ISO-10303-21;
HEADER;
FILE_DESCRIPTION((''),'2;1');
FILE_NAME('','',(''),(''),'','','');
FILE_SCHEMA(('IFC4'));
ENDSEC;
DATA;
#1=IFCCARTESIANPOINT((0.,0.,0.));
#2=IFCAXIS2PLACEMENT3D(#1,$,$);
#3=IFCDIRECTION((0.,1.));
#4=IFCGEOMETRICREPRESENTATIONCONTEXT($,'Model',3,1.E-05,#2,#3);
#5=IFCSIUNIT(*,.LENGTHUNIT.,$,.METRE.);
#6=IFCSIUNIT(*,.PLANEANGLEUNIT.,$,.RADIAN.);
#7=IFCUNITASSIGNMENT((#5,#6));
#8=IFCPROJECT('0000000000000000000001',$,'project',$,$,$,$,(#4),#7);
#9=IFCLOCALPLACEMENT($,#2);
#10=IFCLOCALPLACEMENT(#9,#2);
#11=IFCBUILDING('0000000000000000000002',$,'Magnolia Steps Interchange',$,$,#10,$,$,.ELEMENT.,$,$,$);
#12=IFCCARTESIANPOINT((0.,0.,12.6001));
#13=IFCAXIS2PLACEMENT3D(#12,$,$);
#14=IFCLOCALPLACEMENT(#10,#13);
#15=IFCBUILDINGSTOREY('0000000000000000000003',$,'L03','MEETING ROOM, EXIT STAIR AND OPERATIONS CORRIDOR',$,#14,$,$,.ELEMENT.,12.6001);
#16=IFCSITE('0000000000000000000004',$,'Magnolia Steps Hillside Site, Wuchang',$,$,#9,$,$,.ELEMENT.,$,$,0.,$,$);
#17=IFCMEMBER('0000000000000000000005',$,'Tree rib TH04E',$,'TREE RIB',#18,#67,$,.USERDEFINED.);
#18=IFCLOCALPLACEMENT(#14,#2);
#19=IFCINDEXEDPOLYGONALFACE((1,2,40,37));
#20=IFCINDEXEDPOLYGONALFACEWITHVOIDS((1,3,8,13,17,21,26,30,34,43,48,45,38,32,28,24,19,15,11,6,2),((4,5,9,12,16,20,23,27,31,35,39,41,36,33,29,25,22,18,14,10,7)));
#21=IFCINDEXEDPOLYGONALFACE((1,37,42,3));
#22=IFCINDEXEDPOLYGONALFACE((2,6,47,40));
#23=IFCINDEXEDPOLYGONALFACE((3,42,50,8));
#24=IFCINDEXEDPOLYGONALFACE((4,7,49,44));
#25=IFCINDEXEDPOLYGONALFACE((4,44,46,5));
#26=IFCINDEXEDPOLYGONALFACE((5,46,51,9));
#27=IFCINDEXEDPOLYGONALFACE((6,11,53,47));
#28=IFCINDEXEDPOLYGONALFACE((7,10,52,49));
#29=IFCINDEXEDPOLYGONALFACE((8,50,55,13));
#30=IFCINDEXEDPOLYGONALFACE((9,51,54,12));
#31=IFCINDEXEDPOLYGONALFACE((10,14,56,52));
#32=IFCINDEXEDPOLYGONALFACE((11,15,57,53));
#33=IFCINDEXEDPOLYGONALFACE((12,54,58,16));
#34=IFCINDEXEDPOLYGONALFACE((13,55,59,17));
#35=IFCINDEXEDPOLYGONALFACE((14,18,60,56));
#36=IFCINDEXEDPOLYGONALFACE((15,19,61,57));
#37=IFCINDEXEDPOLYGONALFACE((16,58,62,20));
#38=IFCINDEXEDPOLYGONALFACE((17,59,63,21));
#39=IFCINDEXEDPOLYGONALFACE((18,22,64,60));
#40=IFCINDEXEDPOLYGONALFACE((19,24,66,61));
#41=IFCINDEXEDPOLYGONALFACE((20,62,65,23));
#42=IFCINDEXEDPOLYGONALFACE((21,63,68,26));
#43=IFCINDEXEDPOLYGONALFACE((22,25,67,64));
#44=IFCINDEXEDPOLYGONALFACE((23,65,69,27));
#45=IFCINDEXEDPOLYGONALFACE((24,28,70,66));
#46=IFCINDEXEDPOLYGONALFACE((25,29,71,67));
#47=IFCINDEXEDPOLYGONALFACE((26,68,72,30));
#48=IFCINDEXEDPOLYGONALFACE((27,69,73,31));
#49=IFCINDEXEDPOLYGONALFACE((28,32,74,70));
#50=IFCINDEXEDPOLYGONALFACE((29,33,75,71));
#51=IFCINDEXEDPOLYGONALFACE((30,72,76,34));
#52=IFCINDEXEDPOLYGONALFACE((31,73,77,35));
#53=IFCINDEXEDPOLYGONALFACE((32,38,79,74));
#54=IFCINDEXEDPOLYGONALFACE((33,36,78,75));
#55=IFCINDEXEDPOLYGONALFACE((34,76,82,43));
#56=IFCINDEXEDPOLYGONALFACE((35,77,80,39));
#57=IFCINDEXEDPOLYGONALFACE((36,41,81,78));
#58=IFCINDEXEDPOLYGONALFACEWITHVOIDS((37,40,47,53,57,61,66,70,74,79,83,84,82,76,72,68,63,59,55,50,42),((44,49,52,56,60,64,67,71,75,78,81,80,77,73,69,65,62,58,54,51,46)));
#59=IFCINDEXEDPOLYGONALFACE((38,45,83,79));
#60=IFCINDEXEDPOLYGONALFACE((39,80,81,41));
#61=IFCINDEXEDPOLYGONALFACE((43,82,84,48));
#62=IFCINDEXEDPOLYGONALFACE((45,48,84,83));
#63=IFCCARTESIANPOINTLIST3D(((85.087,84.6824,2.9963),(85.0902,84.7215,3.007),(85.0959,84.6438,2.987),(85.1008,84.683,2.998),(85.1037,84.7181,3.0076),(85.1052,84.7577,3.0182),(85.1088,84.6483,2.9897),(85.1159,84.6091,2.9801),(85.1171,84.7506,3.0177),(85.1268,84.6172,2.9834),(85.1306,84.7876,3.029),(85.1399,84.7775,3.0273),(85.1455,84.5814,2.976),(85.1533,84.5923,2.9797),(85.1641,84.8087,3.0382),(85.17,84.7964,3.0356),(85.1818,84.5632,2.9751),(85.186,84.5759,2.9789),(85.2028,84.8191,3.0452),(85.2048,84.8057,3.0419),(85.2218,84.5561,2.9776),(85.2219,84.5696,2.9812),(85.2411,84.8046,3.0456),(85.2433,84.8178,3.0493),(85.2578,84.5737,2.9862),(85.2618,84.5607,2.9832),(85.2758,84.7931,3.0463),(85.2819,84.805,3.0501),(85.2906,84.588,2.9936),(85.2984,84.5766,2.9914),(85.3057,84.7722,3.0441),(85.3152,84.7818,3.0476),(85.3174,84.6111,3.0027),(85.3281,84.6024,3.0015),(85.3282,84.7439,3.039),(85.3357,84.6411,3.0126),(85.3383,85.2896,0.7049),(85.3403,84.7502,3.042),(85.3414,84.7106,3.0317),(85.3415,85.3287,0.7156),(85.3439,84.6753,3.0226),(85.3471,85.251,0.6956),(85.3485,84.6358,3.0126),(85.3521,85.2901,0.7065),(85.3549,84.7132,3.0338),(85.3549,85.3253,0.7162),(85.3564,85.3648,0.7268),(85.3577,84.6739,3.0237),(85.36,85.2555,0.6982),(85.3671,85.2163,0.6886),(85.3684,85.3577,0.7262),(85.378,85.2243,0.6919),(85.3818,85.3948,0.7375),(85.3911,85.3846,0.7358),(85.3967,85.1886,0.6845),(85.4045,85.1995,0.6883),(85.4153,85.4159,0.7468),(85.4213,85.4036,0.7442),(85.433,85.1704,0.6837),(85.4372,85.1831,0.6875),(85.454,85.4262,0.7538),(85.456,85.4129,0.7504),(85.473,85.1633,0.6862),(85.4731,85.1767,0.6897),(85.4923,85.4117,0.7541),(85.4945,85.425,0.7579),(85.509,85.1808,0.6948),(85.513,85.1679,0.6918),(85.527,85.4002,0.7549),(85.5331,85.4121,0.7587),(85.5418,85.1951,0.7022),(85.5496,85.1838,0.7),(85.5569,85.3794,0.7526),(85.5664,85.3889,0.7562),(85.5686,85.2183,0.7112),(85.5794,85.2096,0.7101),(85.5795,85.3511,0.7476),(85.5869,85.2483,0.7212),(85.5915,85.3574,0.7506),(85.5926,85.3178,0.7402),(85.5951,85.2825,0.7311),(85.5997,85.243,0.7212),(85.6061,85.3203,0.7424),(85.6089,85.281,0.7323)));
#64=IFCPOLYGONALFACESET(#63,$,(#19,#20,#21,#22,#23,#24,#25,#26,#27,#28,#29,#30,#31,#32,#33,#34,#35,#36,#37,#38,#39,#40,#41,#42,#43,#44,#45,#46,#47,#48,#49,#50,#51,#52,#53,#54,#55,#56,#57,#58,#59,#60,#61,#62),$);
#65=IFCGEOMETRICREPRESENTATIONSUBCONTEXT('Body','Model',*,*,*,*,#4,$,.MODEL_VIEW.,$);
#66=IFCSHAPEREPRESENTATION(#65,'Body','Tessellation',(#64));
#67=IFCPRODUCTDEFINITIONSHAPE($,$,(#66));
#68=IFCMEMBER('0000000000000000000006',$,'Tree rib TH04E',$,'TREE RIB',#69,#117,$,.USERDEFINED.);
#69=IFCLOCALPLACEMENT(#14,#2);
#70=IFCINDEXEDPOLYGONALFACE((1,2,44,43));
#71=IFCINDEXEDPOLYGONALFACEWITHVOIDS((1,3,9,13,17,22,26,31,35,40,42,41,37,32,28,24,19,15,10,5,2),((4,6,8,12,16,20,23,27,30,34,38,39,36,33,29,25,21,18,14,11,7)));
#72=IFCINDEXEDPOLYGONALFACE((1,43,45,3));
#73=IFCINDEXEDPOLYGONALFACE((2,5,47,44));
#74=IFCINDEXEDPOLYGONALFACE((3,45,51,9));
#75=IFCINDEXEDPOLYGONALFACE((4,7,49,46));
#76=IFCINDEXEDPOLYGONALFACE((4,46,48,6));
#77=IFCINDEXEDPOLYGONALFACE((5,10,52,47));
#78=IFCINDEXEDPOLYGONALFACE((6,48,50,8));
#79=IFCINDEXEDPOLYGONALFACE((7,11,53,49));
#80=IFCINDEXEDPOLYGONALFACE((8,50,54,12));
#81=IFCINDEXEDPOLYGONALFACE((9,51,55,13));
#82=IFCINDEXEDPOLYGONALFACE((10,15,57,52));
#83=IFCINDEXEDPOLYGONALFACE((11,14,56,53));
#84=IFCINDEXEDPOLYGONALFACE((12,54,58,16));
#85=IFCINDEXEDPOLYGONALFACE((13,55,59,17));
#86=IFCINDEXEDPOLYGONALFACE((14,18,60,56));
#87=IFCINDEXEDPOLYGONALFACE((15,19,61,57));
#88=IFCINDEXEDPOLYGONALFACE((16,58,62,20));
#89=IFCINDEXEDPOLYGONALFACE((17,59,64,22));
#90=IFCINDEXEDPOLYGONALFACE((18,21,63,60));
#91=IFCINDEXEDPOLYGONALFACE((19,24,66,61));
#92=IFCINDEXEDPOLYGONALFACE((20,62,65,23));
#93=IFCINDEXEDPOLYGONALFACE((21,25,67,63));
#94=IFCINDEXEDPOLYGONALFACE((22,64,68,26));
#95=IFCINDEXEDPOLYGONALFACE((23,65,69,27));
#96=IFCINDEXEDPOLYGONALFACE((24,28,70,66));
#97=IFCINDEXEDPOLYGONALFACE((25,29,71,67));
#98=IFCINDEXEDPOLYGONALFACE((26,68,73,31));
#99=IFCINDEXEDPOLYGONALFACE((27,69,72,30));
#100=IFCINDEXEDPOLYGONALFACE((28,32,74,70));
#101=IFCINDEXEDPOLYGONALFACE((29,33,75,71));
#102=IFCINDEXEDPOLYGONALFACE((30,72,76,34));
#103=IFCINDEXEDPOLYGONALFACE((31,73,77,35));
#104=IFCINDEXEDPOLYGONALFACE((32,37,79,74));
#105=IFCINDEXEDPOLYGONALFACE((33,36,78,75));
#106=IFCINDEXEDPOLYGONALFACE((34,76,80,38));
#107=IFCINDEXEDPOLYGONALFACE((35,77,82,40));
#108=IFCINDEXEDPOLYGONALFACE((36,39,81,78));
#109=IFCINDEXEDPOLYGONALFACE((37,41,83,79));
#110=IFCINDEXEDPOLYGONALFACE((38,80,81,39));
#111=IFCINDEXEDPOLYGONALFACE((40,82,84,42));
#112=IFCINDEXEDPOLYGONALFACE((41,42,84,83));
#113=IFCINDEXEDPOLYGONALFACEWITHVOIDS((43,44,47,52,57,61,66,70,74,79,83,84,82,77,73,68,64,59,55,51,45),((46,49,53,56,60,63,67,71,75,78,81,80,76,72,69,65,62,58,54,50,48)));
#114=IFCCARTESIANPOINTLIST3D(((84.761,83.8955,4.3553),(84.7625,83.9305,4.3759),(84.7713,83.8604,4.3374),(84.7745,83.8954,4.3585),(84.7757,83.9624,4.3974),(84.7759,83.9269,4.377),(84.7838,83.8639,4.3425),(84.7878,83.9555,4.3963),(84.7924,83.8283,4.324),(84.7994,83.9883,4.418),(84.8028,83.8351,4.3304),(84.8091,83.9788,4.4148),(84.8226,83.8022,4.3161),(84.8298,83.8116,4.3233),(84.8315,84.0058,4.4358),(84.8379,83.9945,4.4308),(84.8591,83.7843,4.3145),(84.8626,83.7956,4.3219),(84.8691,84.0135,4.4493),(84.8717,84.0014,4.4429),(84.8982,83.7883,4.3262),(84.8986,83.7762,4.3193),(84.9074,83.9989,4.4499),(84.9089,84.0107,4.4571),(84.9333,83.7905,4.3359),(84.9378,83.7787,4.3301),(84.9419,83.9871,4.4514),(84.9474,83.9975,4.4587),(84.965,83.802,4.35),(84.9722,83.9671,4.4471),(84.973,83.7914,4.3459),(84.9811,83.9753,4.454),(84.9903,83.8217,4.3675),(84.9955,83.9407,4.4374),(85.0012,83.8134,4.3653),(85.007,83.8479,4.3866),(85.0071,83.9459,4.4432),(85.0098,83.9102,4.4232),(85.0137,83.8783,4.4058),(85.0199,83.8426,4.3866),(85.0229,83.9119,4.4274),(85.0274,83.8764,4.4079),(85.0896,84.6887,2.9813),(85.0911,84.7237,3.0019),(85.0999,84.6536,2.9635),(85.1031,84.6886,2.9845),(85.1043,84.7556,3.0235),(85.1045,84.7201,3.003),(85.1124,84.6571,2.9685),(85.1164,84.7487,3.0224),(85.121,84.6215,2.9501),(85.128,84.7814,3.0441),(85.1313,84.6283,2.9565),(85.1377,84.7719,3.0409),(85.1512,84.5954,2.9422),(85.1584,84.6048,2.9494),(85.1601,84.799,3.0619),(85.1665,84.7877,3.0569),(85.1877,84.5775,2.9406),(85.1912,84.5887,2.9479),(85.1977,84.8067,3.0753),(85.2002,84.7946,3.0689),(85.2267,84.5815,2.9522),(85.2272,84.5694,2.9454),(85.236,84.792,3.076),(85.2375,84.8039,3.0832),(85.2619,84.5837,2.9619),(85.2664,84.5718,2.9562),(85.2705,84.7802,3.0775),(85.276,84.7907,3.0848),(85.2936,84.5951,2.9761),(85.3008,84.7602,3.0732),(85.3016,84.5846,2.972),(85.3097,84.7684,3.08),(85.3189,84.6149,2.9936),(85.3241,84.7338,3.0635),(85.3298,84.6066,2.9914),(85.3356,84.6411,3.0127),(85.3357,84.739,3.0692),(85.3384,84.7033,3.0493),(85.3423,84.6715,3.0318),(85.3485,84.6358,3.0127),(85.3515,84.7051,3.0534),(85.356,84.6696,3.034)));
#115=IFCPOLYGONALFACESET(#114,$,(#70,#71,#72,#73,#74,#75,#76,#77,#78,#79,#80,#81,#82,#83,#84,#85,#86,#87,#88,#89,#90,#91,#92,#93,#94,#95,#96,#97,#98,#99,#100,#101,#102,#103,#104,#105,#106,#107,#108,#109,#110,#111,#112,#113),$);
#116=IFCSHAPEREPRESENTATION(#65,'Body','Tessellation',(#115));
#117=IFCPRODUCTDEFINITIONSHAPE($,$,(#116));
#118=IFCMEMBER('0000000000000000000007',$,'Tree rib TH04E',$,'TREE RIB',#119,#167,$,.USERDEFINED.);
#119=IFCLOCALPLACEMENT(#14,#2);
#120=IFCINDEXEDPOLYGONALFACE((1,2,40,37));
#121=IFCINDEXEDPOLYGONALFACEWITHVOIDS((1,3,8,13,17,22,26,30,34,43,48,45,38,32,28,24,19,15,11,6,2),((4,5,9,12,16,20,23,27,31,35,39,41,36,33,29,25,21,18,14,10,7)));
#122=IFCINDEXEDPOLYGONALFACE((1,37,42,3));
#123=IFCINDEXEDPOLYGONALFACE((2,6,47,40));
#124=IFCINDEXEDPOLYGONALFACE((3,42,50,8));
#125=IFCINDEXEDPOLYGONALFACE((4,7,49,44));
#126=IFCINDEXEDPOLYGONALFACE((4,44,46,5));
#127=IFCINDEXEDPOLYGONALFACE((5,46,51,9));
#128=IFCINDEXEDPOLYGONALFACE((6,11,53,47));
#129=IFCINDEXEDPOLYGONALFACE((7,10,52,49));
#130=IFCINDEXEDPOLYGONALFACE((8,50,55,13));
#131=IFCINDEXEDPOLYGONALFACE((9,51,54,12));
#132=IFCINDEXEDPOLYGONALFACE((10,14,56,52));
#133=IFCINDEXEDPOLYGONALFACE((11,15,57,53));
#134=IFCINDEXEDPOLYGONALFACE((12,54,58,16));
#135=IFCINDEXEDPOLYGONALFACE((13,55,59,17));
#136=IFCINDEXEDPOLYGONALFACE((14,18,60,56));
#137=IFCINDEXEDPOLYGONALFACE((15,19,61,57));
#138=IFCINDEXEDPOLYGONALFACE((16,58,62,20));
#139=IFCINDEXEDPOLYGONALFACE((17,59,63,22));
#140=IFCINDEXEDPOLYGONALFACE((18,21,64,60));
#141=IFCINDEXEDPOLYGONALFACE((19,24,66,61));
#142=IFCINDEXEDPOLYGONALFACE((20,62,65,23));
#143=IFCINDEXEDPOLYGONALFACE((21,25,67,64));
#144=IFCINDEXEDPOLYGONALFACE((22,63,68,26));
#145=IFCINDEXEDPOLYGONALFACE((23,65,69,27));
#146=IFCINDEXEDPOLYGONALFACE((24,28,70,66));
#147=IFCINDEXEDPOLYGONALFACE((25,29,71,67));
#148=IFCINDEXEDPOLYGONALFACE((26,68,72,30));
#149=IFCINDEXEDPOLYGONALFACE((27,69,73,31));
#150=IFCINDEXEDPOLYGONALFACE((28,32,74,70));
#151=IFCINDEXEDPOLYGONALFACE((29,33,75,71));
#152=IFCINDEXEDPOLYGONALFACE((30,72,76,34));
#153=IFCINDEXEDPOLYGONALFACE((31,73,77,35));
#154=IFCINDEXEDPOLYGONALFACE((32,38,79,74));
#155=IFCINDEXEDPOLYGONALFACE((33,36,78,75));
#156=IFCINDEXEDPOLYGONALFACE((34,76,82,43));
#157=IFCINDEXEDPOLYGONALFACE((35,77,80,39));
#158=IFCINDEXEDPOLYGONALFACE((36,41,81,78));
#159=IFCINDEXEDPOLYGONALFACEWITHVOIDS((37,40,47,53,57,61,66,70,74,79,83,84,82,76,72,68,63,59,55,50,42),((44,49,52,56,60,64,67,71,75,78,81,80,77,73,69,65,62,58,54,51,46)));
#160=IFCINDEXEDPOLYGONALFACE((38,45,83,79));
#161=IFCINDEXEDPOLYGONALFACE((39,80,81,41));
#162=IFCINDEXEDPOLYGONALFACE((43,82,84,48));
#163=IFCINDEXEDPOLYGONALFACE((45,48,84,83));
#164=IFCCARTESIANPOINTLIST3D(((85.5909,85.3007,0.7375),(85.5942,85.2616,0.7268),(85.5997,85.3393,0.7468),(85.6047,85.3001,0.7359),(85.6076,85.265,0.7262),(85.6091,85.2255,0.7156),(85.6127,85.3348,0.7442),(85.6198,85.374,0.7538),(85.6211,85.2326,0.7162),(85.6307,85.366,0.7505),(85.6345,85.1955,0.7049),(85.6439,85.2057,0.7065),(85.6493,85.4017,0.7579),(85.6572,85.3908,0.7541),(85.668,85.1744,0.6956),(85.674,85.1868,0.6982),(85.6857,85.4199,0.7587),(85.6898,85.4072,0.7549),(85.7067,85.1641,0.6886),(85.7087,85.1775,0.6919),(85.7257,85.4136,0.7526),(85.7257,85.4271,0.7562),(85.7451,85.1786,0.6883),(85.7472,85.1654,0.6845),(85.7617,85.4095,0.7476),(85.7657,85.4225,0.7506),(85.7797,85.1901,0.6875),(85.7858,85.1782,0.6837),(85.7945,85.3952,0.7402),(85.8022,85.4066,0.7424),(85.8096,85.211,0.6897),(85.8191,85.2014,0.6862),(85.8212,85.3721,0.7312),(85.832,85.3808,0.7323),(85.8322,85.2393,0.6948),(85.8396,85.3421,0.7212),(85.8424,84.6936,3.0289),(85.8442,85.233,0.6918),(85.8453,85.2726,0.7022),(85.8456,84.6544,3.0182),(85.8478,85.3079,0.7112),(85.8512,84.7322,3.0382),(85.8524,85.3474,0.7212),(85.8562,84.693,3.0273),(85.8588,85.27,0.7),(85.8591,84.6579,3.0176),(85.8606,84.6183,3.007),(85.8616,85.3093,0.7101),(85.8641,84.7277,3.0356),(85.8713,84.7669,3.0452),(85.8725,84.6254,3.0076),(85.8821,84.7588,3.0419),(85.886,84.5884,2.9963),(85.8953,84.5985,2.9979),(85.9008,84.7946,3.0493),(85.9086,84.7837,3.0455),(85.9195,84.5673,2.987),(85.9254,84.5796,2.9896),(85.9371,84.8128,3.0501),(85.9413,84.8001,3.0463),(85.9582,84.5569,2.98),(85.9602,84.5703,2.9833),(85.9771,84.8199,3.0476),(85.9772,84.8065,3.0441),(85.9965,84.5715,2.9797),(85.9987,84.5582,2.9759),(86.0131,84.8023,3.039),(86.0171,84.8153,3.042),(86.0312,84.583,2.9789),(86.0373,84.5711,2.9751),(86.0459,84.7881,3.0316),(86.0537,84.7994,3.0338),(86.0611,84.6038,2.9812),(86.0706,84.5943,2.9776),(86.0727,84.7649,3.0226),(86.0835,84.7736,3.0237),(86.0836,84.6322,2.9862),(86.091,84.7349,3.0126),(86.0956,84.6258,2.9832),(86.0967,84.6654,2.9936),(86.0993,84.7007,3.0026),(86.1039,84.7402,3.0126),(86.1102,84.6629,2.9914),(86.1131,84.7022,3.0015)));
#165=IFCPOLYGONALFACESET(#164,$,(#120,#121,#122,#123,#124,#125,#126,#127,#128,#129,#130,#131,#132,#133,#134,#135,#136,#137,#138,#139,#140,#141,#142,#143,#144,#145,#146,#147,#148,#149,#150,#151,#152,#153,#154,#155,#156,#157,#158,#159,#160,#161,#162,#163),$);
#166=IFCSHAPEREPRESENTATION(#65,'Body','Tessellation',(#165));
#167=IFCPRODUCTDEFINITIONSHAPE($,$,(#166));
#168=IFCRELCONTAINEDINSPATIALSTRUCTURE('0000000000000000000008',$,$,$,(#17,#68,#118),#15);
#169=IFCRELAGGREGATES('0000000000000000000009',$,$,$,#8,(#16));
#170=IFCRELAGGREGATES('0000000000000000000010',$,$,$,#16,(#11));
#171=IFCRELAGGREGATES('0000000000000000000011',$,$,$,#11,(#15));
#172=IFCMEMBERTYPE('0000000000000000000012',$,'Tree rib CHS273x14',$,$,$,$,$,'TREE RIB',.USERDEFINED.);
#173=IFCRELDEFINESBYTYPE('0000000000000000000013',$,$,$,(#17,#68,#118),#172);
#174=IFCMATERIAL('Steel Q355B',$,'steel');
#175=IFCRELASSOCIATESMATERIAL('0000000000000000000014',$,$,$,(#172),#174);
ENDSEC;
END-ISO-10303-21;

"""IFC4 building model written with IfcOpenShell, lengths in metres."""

from ifc_helpers import new_model, si_unit, direction, frame, origin, origin_2d, place, context, subcontext, project, spatial, hollow_circle, extrude, material, material_profile, profile_set, type_object, element, save


model = new_model("IFC4")

# Units and contexts
model_context = context("Model", 3, precision=1e-05, world=origin(), true_north=direction((0.0, 1.0)))
body_context = subcontext(model_context, "Body", "Model", "MODEL_VIEW")
ifc_project = project(units=[si_unit("LENGTHUNIT", "METRE"), si_unit("PLANEANGLEUNIT", "RADIAN")], contexts=[model_context])

# Site, building, storey
site_placement = place(None, origin())
site = spatial("IfcSite", under=ifc_project, at=site_placement, Name="Magnolia Steps Hillside Site, Wuchang", CompositionType="ELEMENT", RefElevation=0.0)
building_placement = place(site_placement, origin())
building = spatial("IfcBuilding", under=site, at=building_placement, Name="Magnolia Steps Interchange", CompositionType="ELEMENT")
storey_placement = place(building_placement, frame((0.0, 0.0, 12.6001)))
storey = spatial("IfcBuildingStorey", under=building, at=storey_placement, Name="L03", Description="MEETING ROOM, EXIT STAIR AND OPERATIONS CORRIDOR", CompositionType="ELEMENT", Elevation=12.6001)

# Members
ifc_material_1 = material(Name="Steel Q355B", Category="steel")
ifc_material_profile_1 = material_profile(ifc_material_1, hollow_circle(Radius=0.1365, WallThickness=0.0139, at=origin_2d()), Name="CHS273x14")
ifc_profile_set_1 = profile_set([ifc_material_profile_1], Name="Steel Q355B")
member_type_1 = type_object("IfcMemberType", Name="Tree rib CHS273x14", ElementType="TREE RIB", PredefinedType="USERDEFINED", material=ifc_profile_set_1)
member_1_placement = place(storey_placement, frame((85.4736, 85.2952, 0.7212), z_axis=(-0.105384, -0.254704, 0.96126), x_axis=(0.92403, -0.382319, 0.0)))
element("IfcMember", 1, at=member_1_placement, inside=storey, type_object=member_type_1, Name="Tree rib TH04E", ObjectType="TREE RIB", PredefinedType="USERDEFINED", context=body_context, shape_type="SweptSolid", body=[
    extrude(hollow_circle(Radius=0.1365, WallThickness=0.0139, at=origin_2d()), origin(), (0.0, 0.0, 1.0), 2.3838),
])
member_2_placement = place(storey_placement, frame((85.2224, 84.688, 3.0127), z_axis=(-0.20282, -0.489571, 0.848047), x_axis=(0.923857, -0.382737, 0.0)))
element("IfcMember", 2, at=member_2_placement, inside=storey, type_object=member_type_1, Name="Tree rib TH04E", ObjectType="TREE RIB", PredefinedType="USERDEFINED", context=body_context, shape_type="SweptSolid", body=[
    extrude(hollow_circle(Radius=0.1365, WallThickness=0.0139, at=origin_2d()), origin(), (0.0, 0.0, 1.0), 1.6201),
])
for number, where, z_axis, x_axis, name in (
    (3, (85.7263, 85.2952, 0.7212), (0.105485, -0.254701, 0.961249), (0.923899, 0.382636, 0.0), "Tree rib TH04E"),
):
    element("IfcMember", number, at=place(storey_placement, frame(where, z_axis=z_axis, x_axis=x_axis)), inside=storey, type_object=member_type_1, Name=name, ObjectType="TREE RIB", PredefinedType="USERDEFINED", context=body_context, shape_type="SweptSolid", body=[
        extrude(hollow_circle(Radius=0.1365, WallThickness=0.0139, at=origin_2d()), origin(), (0.0, 0.0, 1.0), 2.3838),
    ])

save(model, "model.ifc")
